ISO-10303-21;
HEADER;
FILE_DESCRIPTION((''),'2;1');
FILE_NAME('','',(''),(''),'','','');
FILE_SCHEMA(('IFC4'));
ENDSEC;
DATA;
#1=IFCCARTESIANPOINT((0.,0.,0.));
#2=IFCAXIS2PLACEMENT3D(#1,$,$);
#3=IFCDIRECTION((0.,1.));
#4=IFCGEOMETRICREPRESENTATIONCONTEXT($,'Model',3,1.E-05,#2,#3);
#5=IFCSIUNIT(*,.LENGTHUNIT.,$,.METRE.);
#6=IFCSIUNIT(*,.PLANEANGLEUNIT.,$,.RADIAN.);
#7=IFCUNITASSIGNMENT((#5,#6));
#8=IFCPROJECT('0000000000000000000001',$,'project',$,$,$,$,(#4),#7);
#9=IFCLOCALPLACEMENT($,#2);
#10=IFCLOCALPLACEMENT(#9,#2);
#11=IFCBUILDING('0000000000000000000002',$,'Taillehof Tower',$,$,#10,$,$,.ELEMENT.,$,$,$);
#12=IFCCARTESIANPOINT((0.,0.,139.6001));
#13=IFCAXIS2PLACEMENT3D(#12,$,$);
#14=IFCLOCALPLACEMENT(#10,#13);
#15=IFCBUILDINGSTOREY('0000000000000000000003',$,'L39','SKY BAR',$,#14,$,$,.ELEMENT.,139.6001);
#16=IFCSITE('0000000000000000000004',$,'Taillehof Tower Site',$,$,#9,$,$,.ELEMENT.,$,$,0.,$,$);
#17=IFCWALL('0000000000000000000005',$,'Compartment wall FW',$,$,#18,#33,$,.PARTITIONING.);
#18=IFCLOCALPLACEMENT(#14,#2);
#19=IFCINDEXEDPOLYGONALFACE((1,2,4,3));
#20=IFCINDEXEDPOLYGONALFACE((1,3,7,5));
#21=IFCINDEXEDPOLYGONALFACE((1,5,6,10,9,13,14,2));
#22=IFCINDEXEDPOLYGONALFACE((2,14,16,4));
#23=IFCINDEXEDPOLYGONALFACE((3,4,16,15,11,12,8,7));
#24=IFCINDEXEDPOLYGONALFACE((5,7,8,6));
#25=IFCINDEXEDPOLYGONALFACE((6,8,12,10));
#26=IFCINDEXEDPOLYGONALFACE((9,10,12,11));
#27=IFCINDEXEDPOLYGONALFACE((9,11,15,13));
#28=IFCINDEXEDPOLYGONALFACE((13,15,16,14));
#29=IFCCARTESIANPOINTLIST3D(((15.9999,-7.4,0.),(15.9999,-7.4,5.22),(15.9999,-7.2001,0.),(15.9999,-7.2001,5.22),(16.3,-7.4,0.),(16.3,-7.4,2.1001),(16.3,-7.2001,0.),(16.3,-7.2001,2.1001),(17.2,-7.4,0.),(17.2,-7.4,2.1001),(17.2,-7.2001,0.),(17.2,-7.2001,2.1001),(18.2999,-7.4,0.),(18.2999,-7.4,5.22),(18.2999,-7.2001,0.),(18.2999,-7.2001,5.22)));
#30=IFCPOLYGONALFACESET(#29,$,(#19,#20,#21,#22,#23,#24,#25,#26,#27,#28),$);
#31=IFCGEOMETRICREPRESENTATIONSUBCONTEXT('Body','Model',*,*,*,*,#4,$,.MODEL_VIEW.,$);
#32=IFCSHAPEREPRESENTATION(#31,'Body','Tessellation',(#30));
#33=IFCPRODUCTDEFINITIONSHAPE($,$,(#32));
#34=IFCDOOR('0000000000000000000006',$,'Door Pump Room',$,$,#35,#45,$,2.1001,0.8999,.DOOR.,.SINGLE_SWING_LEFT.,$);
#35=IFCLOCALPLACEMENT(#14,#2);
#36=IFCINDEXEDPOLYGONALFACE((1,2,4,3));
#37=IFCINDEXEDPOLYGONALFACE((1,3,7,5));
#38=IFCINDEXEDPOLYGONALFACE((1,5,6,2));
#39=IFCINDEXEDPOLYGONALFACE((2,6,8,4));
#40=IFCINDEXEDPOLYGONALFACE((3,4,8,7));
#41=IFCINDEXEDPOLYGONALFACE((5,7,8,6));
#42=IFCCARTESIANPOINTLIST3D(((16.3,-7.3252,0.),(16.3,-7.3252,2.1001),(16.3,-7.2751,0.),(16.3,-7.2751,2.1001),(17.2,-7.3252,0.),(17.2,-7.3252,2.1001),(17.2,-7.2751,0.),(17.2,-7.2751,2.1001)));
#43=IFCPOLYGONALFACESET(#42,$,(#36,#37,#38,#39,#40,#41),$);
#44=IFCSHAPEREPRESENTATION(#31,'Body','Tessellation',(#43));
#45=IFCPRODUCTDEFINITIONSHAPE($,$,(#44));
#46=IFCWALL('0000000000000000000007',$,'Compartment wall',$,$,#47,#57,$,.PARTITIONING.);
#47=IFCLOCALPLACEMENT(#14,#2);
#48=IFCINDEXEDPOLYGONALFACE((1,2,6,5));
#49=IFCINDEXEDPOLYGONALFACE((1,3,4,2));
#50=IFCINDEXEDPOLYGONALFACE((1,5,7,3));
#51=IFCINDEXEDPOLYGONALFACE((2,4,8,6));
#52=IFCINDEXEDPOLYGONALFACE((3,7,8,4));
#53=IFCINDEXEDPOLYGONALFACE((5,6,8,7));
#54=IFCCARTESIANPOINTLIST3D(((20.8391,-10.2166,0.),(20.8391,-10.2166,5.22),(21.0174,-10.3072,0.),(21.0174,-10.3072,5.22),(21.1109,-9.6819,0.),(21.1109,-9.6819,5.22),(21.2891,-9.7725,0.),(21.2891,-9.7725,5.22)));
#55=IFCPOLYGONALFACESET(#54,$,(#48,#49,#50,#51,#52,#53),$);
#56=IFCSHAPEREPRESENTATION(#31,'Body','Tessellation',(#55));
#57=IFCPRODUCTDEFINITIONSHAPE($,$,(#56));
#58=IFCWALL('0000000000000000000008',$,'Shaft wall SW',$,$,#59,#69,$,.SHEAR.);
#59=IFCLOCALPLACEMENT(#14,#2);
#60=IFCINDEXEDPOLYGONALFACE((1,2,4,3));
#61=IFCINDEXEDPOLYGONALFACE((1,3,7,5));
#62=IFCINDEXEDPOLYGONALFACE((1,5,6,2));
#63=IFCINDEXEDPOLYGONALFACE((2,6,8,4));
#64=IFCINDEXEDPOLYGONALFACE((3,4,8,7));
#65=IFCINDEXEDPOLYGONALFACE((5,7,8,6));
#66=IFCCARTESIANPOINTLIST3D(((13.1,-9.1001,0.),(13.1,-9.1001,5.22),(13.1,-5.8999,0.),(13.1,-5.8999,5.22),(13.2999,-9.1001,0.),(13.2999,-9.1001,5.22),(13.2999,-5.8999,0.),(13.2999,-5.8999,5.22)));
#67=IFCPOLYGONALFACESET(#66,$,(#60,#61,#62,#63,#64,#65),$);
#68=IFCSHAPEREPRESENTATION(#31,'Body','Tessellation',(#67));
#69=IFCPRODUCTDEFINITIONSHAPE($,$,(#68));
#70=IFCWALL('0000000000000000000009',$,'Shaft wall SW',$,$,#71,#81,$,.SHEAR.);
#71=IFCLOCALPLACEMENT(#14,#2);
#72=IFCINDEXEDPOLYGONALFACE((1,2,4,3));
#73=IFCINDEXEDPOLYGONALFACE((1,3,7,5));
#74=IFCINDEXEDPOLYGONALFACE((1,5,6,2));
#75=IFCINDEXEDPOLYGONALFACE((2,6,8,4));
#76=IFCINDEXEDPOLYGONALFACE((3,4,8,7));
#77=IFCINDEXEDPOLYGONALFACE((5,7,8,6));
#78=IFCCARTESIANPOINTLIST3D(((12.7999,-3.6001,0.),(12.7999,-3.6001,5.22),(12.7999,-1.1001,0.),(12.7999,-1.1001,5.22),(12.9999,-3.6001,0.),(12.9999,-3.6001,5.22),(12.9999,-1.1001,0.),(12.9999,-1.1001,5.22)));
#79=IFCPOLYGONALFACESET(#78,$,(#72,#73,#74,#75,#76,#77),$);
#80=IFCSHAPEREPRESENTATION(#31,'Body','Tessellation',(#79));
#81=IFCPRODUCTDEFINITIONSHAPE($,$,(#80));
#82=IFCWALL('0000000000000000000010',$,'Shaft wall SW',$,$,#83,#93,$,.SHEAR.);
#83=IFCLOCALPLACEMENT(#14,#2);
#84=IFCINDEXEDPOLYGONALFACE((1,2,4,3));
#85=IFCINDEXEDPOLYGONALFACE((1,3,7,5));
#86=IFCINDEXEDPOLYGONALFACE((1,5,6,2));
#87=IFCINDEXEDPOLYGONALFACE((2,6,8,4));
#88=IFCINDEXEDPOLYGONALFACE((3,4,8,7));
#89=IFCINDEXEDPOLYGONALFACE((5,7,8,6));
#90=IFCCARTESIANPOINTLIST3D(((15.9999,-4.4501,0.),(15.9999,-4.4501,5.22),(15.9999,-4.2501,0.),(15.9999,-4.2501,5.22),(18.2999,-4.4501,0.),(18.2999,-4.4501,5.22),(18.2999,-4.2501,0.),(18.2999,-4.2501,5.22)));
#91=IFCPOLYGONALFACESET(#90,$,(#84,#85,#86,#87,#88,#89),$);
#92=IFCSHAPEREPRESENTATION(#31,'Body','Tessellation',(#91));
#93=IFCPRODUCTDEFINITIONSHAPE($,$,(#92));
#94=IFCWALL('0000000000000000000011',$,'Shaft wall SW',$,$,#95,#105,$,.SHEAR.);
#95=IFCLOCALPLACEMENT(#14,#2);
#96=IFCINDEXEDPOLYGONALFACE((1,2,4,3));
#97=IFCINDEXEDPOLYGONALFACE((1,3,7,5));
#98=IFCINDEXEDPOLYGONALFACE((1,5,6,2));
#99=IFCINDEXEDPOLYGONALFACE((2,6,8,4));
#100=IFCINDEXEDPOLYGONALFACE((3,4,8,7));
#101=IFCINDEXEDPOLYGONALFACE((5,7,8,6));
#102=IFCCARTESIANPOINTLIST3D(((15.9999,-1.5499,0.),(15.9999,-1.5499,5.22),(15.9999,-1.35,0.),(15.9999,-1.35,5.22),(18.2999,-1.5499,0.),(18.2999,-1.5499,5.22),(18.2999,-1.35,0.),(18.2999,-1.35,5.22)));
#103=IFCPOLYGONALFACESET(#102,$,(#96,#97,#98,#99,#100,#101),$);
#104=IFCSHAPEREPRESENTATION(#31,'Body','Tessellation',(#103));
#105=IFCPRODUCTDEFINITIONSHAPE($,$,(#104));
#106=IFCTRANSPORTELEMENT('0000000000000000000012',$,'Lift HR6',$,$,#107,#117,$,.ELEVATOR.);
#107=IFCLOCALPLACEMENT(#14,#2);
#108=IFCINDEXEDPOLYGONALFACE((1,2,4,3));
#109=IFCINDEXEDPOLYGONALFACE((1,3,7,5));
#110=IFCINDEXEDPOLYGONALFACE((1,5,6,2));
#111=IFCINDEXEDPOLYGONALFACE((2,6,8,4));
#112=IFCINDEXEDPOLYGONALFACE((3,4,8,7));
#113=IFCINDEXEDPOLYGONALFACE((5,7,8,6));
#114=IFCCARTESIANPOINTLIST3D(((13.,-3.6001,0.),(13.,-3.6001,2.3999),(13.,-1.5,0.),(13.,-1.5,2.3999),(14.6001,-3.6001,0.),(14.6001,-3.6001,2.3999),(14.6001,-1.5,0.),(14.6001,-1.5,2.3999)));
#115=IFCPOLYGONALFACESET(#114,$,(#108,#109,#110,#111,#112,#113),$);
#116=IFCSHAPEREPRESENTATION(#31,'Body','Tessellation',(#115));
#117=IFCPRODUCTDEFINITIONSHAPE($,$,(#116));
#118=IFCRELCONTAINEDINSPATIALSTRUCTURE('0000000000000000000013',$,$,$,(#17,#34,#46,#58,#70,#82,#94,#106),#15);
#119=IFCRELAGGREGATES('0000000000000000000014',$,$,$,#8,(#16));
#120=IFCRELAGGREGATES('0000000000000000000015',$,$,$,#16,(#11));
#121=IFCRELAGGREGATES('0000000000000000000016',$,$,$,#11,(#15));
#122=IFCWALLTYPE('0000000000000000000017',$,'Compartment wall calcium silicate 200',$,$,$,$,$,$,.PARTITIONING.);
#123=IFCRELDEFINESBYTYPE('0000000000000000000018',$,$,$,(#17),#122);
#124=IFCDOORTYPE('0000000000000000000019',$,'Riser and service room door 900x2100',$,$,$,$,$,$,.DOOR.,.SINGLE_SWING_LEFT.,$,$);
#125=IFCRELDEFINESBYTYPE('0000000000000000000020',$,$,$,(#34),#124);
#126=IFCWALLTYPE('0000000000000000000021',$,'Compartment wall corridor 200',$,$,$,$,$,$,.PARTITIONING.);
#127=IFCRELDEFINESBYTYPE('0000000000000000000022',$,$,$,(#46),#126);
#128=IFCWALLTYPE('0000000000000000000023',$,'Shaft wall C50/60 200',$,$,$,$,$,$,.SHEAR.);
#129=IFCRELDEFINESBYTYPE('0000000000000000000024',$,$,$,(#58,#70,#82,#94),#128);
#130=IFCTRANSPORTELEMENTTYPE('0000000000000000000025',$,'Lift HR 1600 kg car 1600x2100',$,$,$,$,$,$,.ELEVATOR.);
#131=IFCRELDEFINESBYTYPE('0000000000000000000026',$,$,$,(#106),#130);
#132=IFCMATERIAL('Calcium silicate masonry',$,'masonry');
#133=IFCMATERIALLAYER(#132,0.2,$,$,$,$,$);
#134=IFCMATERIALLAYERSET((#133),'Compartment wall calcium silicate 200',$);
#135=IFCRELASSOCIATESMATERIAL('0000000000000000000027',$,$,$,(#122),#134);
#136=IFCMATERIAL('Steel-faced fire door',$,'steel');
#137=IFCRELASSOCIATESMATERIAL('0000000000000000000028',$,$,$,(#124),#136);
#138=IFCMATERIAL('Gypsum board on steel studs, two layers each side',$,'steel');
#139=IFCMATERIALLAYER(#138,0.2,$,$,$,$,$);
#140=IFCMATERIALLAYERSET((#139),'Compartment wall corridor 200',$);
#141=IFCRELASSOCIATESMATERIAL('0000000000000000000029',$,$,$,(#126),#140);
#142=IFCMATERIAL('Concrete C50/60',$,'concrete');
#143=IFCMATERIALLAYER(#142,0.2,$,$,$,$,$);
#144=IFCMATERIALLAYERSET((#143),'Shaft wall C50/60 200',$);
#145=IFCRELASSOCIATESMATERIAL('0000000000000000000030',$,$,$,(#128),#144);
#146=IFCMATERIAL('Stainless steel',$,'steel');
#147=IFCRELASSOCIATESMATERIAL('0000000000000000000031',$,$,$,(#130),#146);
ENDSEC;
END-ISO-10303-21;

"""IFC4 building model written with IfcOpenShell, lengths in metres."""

from ifc_helpers import new_model, si_unit, direction, frame, frame_2d, origin, origin_2d, place, context, subcontext, project, spatial, rectangle, extrude, material, layer, layer_set, type_object, element, fill, save


model = new_model("IFC4")

# Units and contexts
model_context = context("Model", 3, precision=1e-05, world=origin(), true_north=direction((0.0, 1.0)))
body_context = subcontext(model_context, "Body", "Model", "MODEL_VIEW")
ifc_project = project(units=[si_unit("LENGTHUNIT", "METRE"), si_unit("PLANEANGLEUNIT", "RADIAN")], contexts=[model_context])

# Site, building, storey
site_placement = place(None, origin())
site = spatial("IfcSite", under=ifc_project, at=site_placement, Name="Taillehof Tower Site", CompositionType="ELEMENT", RefElevation=0.0)
building_placement = place(site_placement, origin())
building = spatial("IfcBuilding", under=site, at=building_placement, Name="Taillehof Tower", CompositionType="ELEMENT")
storey_placement = place(building_placement, frame((0.0, 0.0, 139.6001)))
storey = spatial("IfcBuildingStorey", under=building, at=storey_placement, Name="L39", Description="SKY BAR", CompositionType="ELEMENT", Elevation=139.6001)

# Shared definitions
ifc_material_1 = material(Name="Calcium silicate masonry", Category="masonry")
ifc_layer_1 = layer(ifc_material_1, 0.2)
ifc_layer_set_1 = layer_set([ifc_layer_1], Name="Compartment wall calcium silicate 200")
wall_type_1 = type_object("IfcWallType", Name="Compartment wall calcium silicate 200", PredefinedType="PARTITIONING", material=ifc_layer_set_1)

# Wall, opening, door
wall_1_placement = place(storey_placement, frame((16.0, -7.3, 0.0), z_axis=(0.0, 0.0, 1.0), x_axis=(1.0, 0.0, 0.0)))
wall_1 = element("IfcWall", 1, at=wall_1_placement, inside=storey, type_object=wall_type_1, Name="Compartment wall FW", PredefinedType="PARTITIONING", context=body_context, shape_type="SweptSolid", body=[
    extrude(rectangle(XDim=2.3, YDim=0.2, at=frame_2d((1.1499, 0.0))), origin(), (0.0, 0.0, 1.0), 5.22),
])
opening_placement = place(wall_1_placement, frame((0.3, 0.0, 0.0)))
opening = element("IfcOpeningElement", 2, at=opening_placement, cuts=wall_1, PredefinedType="OPENING", context=body_context, shape_type="SweptSolid", body=[
    extrude(rectangle(XDim=0.8999, YDim=2.1001, at=frame_2d((0.45, 1.05))), frame((0.0, 0.1099, 0.0), z_axis=(0.0, -1.0, 0.0), x_axis=(1.0, 0.0, 0.0)), (0.0, 0.0, 1.0), 0.22),
])
ifc_material_2 = material(Name="Steel-faced fire door", Category="steel")
door_type = type_object("IfcDoorType", Name="Riser and service room door 900x2100", OperationType="SINGLE_SWING_LEFT", PredefinedType="DOOR", material=ifc_material_2)
door_placement = place(opening_placement, origin())
door = element("IfcDoor", 3, at=door_placement, inside=storey, type_object=door_type, Name="Door Pump Room", OperationType="SINGLE_SWING_LEFT", OverallHeight=2.1001, OverallWidth=0.8999, PredefinedType="DOOR", context=body_context, shape_type="SweptSolid", body=[
    extrude(rectangle(XDim=0.8999, YDim=2.1001, at=frame_2d((0.45, 1.05))), frame((0.0, 0.0249, 0.0), z_axis=(0.0, -1.0, 0.0), x_axis=(1.0, 0.0, 0.0)), (0.0, 0.0, 1.0), 0.05),
])
fill(opening, door)

# Walls
ifc_material_3 = material(Name="Gypsum board on steel studs, two layers each side", Category="steel")
ifc_layer_2 = layer(ifc_material_3, 0.2)
ifc_layer_set_2 = layer_set([ifc_layer_2], Name="Compartment wall corridor 200")
wall_type_2 = type_object("IfcWallType", Name="Compartment wall corridor 200", PredefinedType="PARTITIONING", material=ifc_layer_set_2)
wall_2_placement = place(storey_placement, frame((21.2, -9.7273, 0.0), z_axis=(0.0, 0.0, 1.0), x_axis=(-0.453066, -0.891477, 0.0)))
element("IfcWall", 4, at=wall_2_placement, inside=storey, type_object=wall_type_2, Name="Compartment wall", PredefinedType="PARTITIONING", context=body_context, shape_type="SweptSolid", body=[
    extrude(rectangle(XDim=0.5999, YDim=0.2, at=frame_2d((0.2998, 0.0))), origin(), (0.0, 0.0, 1.0), 5.22),
])
ifc_material_4 = material(Name="Concrete C50/60", Category="concrete")
ifc_layer_3 = layer(ifc_material_4, 0.2)
ifc_layer_set_3 = layer_set([ifc_layer_3], Name="Shaft wall C50/60 200")
wall_type_3 = type_object("IfcWallType", Name="Shaft wall C50/60 200", PredefinedType="SHEAR", material=ifc_layer_set_3)
wall_3_placement = place(storey_placement, frame((13.2, -9.1001, 0.0), z_axis=(0.0, 0.0, 1.0), x_axis=(0.0, 1.0, 0.0)))
element("IfcWall", 5, at=wall_3_placement, inside=storey, type_object=wall_type_3, Name="Shaft wall SW", PredefinedType="SHEAR", context=body_context, shape_type="SweptSolid", body=[
    extrude(rectangle(XDim=3.2002, YDim=0.2, at=frame_2d((1.6001, 0.0))), origin(), (0.0, 0.0, 1.0), 5.22),
])
wall_4_placement = place(storey_placement, frame((12.8999, -3.6001, 0.0), z_axis=(0.0, 0.0, 1.0), x_axis=(0.0, 1.0, 0.0)))
element("IfcWall", 6, at=wall_4_placement, inside=storey, type_object=wall_type_3, Name="Shaft wall SW", PredefinedType="SHEAR", context=body_context, shape_type="SweptSolid", body=[
    extrude(rectangle(XDim=2.5, YDim=0.2, at=frame_2d((1.25, 0.0))), origin(), (0.0, 0.0, 1.0), 5.22),
])
for number, where, z_axis, x_axis, name in (
    (7, (16.0, -4.3501, 0.0), (0.0, 0.0, 1.0), (1.0, 0.0, 0.0), "Shaft wall SW"),
    (8, (16.0, -1.45, 0.0), (0.0, 0.0, 1.0), (1.0, 0.0, 0.0), "Shaft wall SW"),
):
    element("IfcWall", number, at=place(storey_placement, frame(where, z_axis=z_axis, x_axis=x_axis)), inside=storey, type_object=wall_type_3, Name=name, PredefinedType="SHEAR", context=body_context, shape_type="SweptSolid", body=[
        extrude(rectangle(XDim=2.3, YDim=0.2, at=frame_2d((1.1499, 0.0))), origin(), (0.0, 0.0, 1.0), 5.22),
    ])

# Transport element
ifc_material_5 = material(Name="Stainless steel", Category="steel")
transport_element_type = type_object("IfcTransportElementType", Name="Lift HR 1600 kg car 1600x2100", PredefinedType="ELEVATOR", material=ifc_material_5)
transport_element_placement = place(storey_placement, frame((13.8, -2.55, 0.0), z_axis=(0.0, 0.0, 1.0), x_axis=(1.0, 0.0, 0.0)))
element("IfcTransportElement", 9, at=transport_element_placement, inside=storey, type_object=transport_element_type, Name="Lift HR6", PredefinedType="ELEVATOR", context=body_context, shape_type="SweptSolid", body=[
    extrude(rectangle(XDim=1.6001, YDim=2.1001, at=origin_2d()), origin(), (0.0, 0.0, 1.0), 2.3999),
])

save(model, "model.ifc")
